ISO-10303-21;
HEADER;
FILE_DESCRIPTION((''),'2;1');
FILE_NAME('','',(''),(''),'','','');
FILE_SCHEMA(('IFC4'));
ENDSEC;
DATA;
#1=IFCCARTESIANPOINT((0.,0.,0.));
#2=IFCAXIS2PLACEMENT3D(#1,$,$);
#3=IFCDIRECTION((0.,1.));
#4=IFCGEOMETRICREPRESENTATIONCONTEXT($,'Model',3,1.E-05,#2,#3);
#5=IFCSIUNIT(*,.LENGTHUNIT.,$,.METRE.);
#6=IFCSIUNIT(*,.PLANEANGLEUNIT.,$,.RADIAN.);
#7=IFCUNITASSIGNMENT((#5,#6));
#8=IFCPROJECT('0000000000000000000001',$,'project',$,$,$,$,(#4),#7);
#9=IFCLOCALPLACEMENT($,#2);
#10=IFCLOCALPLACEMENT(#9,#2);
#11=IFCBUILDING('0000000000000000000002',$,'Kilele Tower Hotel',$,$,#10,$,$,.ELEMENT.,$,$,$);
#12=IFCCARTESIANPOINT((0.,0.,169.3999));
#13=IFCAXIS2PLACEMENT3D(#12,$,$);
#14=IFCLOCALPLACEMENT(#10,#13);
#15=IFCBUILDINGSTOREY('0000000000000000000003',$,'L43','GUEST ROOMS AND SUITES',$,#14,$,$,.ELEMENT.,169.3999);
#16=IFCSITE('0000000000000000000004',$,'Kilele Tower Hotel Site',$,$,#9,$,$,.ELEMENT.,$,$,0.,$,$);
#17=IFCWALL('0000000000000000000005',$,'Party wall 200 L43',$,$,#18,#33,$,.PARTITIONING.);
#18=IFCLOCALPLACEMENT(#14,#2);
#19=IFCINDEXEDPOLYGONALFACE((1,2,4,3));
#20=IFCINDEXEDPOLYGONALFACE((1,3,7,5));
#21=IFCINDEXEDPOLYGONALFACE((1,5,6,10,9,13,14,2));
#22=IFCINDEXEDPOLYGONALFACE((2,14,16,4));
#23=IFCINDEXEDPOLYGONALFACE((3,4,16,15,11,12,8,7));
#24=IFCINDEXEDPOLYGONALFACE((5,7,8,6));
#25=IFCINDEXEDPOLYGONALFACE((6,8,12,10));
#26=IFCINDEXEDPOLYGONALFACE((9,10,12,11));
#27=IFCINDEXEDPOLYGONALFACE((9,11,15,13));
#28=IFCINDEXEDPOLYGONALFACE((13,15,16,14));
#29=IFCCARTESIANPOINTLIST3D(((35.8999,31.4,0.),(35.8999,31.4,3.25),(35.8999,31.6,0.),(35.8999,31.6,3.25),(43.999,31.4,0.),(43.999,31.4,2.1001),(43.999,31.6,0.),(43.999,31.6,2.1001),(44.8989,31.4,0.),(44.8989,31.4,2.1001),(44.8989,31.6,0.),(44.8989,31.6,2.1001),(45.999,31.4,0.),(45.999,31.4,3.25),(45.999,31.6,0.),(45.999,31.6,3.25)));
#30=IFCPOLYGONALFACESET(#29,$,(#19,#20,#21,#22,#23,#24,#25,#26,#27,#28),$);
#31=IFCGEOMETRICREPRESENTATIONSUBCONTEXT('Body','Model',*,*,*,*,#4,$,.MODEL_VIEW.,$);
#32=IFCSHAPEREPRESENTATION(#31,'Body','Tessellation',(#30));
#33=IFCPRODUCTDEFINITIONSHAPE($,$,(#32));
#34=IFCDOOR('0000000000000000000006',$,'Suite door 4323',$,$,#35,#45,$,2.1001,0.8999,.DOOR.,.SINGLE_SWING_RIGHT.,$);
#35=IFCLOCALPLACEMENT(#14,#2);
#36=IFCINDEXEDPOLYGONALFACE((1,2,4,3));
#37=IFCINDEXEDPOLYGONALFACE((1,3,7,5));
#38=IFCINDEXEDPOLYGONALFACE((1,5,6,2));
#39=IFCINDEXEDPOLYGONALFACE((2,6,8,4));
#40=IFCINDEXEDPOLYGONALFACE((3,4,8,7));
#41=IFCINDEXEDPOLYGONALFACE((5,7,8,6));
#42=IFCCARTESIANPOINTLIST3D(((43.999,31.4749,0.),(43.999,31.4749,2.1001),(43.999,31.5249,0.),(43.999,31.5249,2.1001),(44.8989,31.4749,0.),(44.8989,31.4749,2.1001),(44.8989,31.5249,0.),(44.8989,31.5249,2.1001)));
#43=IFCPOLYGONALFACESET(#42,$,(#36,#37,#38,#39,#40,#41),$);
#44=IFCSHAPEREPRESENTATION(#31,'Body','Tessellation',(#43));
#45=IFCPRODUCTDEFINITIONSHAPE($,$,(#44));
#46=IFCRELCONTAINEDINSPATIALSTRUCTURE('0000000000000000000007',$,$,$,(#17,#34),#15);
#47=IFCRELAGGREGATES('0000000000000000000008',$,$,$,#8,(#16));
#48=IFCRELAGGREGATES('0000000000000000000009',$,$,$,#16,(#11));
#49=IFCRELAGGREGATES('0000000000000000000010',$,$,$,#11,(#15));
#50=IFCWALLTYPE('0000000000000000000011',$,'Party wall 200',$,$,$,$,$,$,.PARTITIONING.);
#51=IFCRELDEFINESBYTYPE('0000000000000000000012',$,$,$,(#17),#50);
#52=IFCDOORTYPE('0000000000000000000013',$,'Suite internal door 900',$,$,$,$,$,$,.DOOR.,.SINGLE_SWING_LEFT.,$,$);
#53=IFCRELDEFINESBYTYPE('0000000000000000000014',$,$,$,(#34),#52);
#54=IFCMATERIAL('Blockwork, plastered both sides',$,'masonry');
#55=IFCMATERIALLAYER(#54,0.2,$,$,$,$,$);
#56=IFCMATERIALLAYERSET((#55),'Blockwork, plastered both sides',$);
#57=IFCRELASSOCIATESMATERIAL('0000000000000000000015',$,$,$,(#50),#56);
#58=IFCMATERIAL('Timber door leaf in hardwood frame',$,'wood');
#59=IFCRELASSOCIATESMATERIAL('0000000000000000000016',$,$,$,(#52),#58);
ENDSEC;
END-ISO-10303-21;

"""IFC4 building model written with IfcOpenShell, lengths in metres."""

from ifc_helpers import new_model, si_unit, direction, frame, frame_2d, origin, place, context, subcontext, project, spatial, rectangle, extrude, material, layer, layer_set, type_object, element, fill, save


model = new_model("IFC4")

# Units and contexts
model_context = context("Model", 3, precision=1e-05, world=origin(), true_north=direction((0.0, 1.0)))
body_context = subcontext(model_context, "Body", "Model", "MODEL_VIEW")
ifc_project = project(units=[si_unit("LENGTHUNIT", "METRE"), si_unit("PLANEANGLEUNIT", "RADIAN")], contexts=[model_context])

# Site, building, storey
site_placement = place(None, origin())
site = spatial("IfcSite", under=ifc_project, at=site_placement, Name="Kilele Tower Hotel Site", CompositionType="ELEMENT", RefElevation=0.0)
building_placement = place(site_placement, origin())
building = spatial("IfcBuilding", under=site, at=building_placement, Name="Kilele Tower Hotel", CompositionType="ELEMENT")
storey_placement = place(building_placement, frame((0.0, 0.0, 169.3999)))
storey = spatial("IfcBuildingStorey", under=building, at=storey_placement, Name="L43", Description="GUEST ROOMS AND SUITES", CompositionType="ELEMENT", Elevation=169.3999)

# Wall, opening, door
ifc_material_1 = material(Name="Blockwork, plastered both sides", Category="masonry")
ifc_layer_1 = layer(ifc_material_1, 0.2)
ifc_layer_set_1 = layer_set([ifc_layer_1], Name="Blockwork, plastered both sides")
wall_type_1 = type_object("IfcWallType", Name="Party wall 200", PredefinedType="PARTITIONING", material=ifc_layer_set_1)
wall_1_placement = place(storey_placement, frame((35.8999, 31.5, 0.0), z_axis=(0.0, 0.0, 1.0), x_axis=(1.0, 0.0, 0.0)))
wall_1 = element("IfcWall", 1, at=wall_1_placement, inside=storey, type_object=wall_type_1, Name="Party wall 200 L43", PredefinedType="PARTITIONING", context=body_context, shape_type="SweptSolid", body=[
    extrude(rectangle(XDim=10.0991, YDim=0.2, at=frame_2d((5.0496, 0.0))), origin(), (0.0, 0.0, 1.0), 3.25),
])
opening_1_placement = place(wall_1_placement, frame((8.0991, 0.0, 0.0)))
opening_1 = element("IfcOpeningElement", 2, at=opening_1_placement, cuts=wall_1, PredefinedType="OPENING", context=body_context, shape_type="SweptSolid", body=[
    extrude(rectangle(XDim=0.8999, YDim=2.1001, at=frame_2d((0.45, 1.05))), frame((0.0, 0.1099, 0.0), z_axis=(0.0, -1.0, 0.0), x_axis=(1.0, 0.0, 0.0)), (0.0, 0.0, 1.0), 0.22),
])
ifc_material_2 = material(Name="Timber door leaf in hardwood frame", Category="wood")
door_type_1 = type_object("IfcDoorType", Name="Suite internal door 900", OperationType="SINGLE_SWING_LEFT", PredefinedType="DOOR", material=ifc_material_2)
door_1_placement = place(opening_1_placement, origin())
door_1 = element("IfcDoor", 3, at=door_1_placement, inside=storey, type_object=door_type_1, Name="Suite door 4323", OperationType="SINGLE_SWING_RIGHT", OverallHeight=2.1001, OverallWidth=0.8999, PredefinedType="DOOR", context=body_context, shape_type="SweptSolid", body=[
    extrude(rectangle(XDim=0.8999, YDim=2.1001, at=frame_2d((0.45, 1.05))), frame((0.0, 0.0249, 0.0), z_axis=(0.0, -1.0, 0.0), x_axis=(1.0, 0.0, 0.0)), (0.0, 0.0, 1.0), 0.05),
])
fill(opening_1, door_1)

save(model, "model.ifc")
